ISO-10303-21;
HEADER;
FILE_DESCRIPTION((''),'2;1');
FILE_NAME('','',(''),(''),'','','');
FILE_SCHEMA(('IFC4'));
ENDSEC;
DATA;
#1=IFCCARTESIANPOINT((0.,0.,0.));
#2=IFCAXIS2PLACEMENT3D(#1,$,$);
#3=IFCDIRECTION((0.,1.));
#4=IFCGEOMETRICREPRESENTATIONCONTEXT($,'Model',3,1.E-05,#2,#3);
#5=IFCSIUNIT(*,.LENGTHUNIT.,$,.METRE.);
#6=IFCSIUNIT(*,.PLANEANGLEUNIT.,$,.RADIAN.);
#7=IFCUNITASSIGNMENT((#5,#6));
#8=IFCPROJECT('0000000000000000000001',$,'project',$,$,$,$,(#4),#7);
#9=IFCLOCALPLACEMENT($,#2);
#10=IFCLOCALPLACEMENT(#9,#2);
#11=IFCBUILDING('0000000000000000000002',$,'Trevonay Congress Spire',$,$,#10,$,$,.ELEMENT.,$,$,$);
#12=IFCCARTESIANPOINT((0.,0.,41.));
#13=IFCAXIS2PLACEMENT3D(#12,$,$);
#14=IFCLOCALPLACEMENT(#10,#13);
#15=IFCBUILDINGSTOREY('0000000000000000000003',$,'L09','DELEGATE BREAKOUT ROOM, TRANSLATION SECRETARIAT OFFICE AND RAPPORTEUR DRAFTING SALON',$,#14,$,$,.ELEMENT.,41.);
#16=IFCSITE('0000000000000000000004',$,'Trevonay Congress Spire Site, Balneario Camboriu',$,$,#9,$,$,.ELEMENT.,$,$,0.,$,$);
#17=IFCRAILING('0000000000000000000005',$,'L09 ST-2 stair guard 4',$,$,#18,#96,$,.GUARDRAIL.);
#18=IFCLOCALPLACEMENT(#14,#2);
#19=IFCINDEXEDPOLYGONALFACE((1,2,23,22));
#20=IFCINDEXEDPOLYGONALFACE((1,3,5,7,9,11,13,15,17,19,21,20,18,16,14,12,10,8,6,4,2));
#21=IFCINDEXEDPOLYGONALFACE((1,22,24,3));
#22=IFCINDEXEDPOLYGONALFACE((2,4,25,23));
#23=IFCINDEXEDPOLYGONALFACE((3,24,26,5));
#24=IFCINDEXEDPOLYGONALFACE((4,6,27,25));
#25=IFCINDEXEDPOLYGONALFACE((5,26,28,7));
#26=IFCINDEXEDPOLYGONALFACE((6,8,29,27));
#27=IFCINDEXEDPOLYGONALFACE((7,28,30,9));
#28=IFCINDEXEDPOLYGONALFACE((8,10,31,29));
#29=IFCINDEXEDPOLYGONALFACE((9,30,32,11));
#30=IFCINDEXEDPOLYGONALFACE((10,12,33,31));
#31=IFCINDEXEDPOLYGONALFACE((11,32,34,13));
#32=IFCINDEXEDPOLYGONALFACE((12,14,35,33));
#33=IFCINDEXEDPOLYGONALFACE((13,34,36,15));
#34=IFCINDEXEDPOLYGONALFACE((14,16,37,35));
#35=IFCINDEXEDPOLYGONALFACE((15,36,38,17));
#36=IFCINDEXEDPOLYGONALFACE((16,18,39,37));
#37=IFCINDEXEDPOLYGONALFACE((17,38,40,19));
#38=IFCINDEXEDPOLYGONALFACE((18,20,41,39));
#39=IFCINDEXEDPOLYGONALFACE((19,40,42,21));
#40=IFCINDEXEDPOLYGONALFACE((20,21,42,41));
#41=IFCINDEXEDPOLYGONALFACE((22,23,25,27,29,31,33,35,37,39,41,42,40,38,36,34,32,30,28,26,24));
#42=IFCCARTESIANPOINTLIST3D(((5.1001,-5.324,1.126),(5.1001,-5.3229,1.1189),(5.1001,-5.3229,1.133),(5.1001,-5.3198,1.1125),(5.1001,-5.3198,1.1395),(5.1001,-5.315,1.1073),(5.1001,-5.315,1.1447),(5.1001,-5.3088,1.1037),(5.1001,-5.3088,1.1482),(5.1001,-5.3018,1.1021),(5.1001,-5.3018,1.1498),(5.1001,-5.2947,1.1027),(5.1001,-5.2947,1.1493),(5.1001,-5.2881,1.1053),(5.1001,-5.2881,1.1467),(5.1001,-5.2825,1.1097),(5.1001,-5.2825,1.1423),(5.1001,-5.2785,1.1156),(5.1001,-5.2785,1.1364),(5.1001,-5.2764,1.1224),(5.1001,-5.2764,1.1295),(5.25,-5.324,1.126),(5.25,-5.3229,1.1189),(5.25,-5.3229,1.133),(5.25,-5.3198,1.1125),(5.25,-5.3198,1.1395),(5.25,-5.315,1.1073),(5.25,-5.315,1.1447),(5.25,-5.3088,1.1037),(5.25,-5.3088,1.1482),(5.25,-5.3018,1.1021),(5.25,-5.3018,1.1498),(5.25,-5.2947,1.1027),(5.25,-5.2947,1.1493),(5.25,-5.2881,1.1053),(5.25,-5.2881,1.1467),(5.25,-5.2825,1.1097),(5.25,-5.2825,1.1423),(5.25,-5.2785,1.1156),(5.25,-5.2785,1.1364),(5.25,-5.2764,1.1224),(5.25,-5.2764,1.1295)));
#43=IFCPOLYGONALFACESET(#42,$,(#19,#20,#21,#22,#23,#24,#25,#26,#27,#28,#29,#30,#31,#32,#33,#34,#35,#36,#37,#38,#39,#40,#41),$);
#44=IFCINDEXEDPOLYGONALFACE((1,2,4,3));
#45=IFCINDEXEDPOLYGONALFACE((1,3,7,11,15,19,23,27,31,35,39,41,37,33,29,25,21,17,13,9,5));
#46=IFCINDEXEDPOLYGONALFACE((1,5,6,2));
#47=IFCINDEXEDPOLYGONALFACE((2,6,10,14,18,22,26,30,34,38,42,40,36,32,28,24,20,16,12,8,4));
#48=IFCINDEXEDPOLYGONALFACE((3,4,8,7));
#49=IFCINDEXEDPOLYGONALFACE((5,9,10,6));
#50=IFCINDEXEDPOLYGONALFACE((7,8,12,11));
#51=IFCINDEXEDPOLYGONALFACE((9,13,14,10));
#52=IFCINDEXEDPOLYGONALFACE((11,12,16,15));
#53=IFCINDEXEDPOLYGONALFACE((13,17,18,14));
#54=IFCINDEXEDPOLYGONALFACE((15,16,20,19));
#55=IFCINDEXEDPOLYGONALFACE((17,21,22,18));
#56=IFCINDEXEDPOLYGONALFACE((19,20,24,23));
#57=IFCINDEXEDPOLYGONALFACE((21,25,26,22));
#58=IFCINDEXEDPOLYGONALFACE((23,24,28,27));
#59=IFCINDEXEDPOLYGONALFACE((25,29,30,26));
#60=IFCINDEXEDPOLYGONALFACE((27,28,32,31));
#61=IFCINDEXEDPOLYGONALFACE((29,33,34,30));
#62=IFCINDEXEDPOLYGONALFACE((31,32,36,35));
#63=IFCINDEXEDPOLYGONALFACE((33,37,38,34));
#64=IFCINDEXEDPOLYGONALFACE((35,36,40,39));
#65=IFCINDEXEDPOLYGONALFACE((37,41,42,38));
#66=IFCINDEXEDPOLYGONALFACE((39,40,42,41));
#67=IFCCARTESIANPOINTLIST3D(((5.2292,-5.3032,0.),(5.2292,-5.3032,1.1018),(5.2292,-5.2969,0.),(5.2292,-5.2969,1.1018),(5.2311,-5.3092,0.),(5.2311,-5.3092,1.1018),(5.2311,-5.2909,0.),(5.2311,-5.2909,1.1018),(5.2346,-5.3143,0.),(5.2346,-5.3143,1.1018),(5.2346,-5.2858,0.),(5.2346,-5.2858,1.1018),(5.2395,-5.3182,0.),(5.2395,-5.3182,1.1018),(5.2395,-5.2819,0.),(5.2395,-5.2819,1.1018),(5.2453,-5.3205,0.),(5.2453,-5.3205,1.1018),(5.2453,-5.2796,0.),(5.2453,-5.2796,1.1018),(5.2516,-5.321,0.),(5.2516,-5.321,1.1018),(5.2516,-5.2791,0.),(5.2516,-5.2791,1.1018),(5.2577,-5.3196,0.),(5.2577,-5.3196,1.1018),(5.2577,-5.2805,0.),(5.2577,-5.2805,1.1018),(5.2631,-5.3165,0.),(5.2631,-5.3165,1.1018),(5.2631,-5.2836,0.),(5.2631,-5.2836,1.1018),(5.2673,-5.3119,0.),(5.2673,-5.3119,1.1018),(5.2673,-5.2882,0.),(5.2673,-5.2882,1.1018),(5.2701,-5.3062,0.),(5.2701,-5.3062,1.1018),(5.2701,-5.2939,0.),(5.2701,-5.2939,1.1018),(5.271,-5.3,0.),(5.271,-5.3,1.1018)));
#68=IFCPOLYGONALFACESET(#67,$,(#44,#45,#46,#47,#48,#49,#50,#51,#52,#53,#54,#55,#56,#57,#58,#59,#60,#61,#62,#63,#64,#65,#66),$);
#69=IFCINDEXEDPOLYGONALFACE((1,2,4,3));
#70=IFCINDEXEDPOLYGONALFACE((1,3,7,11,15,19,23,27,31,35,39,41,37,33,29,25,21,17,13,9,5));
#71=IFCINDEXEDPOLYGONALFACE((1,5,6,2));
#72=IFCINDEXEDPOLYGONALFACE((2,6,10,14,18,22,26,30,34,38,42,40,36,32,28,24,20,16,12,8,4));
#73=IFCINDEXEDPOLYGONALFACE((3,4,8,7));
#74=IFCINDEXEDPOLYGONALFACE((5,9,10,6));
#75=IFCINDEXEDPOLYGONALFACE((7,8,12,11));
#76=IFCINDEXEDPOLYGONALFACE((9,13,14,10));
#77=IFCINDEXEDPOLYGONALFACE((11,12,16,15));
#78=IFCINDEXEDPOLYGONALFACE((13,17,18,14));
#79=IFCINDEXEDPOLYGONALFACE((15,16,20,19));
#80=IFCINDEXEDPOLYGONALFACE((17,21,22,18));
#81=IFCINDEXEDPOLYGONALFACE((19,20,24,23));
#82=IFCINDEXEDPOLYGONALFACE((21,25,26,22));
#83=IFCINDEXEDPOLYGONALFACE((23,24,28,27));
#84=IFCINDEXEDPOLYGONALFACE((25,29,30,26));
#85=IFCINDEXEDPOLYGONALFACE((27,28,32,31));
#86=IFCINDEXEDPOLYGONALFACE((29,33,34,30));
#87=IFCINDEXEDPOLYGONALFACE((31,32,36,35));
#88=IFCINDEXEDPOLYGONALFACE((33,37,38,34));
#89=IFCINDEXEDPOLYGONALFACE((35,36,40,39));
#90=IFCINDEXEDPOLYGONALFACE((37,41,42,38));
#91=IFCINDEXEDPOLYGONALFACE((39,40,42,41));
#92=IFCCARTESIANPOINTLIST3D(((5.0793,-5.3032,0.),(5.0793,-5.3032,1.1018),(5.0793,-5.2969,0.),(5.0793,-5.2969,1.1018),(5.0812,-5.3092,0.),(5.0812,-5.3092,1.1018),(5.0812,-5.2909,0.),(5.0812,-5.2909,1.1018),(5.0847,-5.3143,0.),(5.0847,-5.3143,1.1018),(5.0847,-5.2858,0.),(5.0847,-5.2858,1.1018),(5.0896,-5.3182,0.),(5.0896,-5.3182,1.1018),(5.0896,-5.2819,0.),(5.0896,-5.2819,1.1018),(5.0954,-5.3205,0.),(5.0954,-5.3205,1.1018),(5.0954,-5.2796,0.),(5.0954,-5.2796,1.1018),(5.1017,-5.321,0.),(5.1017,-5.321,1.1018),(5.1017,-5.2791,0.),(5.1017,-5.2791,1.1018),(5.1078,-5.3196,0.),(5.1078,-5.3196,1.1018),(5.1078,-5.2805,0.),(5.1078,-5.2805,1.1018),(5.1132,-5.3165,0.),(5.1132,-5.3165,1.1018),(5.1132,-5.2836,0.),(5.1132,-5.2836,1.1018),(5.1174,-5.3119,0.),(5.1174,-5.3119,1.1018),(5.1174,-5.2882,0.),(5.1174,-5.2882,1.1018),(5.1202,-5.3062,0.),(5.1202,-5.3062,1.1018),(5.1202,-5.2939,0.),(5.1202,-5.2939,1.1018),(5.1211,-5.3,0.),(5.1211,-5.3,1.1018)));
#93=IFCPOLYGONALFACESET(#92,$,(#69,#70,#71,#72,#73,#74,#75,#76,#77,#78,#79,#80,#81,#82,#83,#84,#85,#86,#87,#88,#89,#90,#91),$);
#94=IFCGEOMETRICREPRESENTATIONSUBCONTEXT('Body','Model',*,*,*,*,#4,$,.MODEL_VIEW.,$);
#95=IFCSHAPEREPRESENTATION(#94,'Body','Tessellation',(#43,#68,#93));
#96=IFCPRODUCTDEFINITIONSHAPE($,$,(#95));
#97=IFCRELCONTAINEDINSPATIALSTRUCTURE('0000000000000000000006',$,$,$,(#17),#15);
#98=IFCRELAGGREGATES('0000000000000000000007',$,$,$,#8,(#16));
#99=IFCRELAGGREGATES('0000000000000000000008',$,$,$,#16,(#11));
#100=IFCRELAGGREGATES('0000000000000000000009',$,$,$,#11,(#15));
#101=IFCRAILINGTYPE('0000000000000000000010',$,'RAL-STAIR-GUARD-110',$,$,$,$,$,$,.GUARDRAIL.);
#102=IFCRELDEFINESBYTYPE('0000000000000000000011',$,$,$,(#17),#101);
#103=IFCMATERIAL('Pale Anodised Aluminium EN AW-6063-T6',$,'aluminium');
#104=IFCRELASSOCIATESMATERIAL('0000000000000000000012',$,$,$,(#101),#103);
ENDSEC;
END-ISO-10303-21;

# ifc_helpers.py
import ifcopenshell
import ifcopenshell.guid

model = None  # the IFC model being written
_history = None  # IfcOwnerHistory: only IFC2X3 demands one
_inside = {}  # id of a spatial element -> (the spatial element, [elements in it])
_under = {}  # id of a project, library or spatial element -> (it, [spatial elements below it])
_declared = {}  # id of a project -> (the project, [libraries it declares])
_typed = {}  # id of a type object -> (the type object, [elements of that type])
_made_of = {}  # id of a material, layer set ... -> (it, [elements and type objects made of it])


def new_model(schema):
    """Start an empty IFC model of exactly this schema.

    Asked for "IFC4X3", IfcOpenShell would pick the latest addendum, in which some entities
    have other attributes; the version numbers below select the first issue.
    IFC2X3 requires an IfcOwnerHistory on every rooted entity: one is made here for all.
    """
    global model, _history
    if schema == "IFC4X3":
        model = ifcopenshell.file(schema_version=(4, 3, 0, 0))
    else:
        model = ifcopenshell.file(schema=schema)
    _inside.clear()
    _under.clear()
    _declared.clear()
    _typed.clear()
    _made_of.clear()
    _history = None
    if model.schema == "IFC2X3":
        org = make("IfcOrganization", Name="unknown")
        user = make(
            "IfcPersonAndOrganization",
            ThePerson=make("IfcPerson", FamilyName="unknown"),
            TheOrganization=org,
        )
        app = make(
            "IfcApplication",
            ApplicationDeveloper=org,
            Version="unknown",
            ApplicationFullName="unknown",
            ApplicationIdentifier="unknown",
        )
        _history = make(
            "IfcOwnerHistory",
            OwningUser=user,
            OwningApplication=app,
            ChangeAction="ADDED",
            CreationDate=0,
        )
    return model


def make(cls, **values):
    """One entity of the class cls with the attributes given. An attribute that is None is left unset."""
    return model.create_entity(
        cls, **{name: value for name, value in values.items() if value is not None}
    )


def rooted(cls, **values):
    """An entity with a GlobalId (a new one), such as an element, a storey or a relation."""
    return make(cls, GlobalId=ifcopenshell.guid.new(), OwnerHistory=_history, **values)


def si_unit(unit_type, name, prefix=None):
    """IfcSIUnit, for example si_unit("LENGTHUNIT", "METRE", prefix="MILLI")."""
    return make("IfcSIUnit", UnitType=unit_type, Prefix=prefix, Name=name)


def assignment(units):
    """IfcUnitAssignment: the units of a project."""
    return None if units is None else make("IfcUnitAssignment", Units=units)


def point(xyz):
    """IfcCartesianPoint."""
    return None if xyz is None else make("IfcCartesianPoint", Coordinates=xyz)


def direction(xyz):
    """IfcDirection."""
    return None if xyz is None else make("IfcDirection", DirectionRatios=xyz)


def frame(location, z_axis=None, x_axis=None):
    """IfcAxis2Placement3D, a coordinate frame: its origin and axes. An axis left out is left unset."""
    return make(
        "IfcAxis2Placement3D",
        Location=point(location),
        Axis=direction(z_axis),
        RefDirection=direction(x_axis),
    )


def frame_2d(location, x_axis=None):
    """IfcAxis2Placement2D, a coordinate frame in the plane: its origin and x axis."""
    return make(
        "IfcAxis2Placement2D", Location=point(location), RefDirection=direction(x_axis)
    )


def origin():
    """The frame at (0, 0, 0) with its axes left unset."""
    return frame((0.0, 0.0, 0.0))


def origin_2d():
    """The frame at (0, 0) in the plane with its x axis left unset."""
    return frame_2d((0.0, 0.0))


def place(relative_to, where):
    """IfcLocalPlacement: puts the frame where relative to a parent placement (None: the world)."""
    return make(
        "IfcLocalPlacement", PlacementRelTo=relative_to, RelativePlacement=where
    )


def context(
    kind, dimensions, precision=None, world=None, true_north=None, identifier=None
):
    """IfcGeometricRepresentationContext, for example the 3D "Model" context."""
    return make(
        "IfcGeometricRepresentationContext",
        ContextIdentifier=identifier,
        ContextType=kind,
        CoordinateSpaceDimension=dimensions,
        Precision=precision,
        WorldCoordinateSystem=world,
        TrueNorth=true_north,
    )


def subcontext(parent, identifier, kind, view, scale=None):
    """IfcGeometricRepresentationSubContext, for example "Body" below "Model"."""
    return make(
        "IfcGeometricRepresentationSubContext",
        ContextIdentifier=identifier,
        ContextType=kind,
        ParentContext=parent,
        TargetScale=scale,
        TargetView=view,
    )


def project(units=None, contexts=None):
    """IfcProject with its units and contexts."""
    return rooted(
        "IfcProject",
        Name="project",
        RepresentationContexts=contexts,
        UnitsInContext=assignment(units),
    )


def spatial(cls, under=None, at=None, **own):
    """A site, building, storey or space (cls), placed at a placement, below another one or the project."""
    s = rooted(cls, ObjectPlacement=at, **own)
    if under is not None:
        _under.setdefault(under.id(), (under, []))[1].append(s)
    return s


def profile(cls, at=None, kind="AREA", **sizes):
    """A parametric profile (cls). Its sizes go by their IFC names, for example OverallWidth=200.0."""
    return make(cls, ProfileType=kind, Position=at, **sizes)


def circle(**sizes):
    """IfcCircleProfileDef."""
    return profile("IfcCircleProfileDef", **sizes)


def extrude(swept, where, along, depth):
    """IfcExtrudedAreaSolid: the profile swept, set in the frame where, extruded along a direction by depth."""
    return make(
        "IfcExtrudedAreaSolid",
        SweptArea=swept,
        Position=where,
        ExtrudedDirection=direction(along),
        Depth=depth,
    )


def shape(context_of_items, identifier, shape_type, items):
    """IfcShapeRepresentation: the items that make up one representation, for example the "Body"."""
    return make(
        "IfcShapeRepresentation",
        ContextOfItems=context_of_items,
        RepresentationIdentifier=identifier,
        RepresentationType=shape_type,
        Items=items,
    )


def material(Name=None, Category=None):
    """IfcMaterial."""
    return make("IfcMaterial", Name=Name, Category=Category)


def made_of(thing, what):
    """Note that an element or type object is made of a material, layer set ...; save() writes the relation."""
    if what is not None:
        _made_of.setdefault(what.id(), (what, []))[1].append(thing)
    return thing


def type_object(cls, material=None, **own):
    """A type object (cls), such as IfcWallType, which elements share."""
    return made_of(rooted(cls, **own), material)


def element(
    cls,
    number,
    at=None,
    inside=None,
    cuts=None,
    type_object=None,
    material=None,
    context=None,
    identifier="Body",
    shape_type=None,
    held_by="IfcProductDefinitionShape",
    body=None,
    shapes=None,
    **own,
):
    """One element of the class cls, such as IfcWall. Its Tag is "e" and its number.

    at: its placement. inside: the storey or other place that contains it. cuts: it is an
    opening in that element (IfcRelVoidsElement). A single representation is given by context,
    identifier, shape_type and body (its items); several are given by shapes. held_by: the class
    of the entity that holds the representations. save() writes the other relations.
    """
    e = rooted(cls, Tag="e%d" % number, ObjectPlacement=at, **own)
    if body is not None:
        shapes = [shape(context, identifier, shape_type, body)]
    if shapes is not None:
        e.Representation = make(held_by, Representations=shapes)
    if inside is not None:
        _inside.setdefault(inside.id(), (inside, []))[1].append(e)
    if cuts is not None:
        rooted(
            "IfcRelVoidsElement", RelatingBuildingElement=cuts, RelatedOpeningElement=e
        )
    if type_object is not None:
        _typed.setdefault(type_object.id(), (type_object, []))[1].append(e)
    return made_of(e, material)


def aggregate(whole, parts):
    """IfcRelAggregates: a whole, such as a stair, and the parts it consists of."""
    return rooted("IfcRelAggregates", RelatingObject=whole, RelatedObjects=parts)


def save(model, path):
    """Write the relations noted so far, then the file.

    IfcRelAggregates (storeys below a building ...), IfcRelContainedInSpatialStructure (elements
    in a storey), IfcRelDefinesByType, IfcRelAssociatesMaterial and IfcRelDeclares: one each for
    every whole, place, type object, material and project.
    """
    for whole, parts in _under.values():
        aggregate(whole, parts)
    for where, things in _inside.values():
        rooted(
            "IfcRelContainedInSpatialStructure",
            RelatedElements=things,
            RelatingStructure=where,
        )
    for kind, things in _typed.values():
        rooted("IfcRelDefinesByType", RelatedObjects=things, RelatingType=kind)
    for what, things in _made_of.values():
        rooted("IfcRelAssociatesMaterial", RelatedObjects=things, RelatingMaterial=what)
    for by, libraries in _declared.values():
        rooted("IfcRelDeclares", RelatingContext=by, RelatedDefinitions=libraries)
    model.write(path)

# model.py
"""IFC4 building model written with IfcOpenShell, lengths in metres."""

from ifc_helpers import new_model, si_unit, direction, frame, origin, origin_2d, place, context, subcontext, project, spatial, circle, extrude, material, type_object, element, save


model = new_model("IFC4")

# Units and contexts
model_context = context("Model", 3, precision=1e-05, world=origin(), true_north=direction((0.0, 1.0)))
body_context = subcontext(model_context, "Body", "Model", "MODEL_VIEW")
ifc_project = project(units=[si_unit("LENGTHUNIT", "METRE"), si_unit("PLANEANGLEUNIT", "RADIAN")], contexts=[model_context])

# Site, building, storey
site_placement = place(None, origin())
site = spatial("IfcSite", under=ifc_project, at=site_placement, Name="Trevonay Congress Spire Site, Balneario Camboriu", CompositionType="ELEMENT", RefElevation=0.0)
building_placement = place(site_placement, origin())
building = spatial("IfcBuilding", under=site, at=building_placement, Name="Trevonay Congress Spire", CompositionType="ELEMENT")
storey_placement = place(building_placement, frame((0.0, 0.0, 41.0)))
storey = spatial("IfcBuildingStorey", under=building, at=storey_placement, Name="L09", Description="DELEGATE BREAKOUT ROOM, TRANSLATION SECRETARIAT OFFICE AND RAPPORTEUR DRAFTING SALON", CompositionType="ELEMENT", Elevation=41.0)

# Shared definitions
ifc_material_1 = material(Name="Pale Anodised Aluminium EN AW-6063-T6", Category="aluminium")

# Railing
railing_type = type_object("IfcRailingType", Name="RAL-STAIR-GUARD-110", PredefinedType="GUARDRAIL", material=ifc_material_1)
railing_1_placement = place(storey_placement, frame((5.25, -5.3, 0.0)))
element("IfcRailing", 1, at=railing_1_placement, inside=storey, type_object=railing_type, Name="L09 ST-2 stair guard 4", PredefinedType="GUARDRAIL", context=body_context, shape_type="SweptSolid", body=[
    extrude(circle(Radius=0.0239, at=origin_2d()), frame((0.0, 0.0, 1.126), z_axis=(-1.0, 0.0, 0.0), x_axis=(0.0, -1.0, 0.0)), (0.0, 0.0, 1.0), 0.1499),
    extrude(circle(Radius=0.021, at=origin_2d()), origin(), (0.0, 0.0, 1.0), 1.1018),
    extrude(circle(Radius=0.021, at=origin_2d()), frame((-0.1499, 0.0, 0.0)), (0.0, 0.0, 1.0), 1.1018),
])

save(model, "model.ifc")
